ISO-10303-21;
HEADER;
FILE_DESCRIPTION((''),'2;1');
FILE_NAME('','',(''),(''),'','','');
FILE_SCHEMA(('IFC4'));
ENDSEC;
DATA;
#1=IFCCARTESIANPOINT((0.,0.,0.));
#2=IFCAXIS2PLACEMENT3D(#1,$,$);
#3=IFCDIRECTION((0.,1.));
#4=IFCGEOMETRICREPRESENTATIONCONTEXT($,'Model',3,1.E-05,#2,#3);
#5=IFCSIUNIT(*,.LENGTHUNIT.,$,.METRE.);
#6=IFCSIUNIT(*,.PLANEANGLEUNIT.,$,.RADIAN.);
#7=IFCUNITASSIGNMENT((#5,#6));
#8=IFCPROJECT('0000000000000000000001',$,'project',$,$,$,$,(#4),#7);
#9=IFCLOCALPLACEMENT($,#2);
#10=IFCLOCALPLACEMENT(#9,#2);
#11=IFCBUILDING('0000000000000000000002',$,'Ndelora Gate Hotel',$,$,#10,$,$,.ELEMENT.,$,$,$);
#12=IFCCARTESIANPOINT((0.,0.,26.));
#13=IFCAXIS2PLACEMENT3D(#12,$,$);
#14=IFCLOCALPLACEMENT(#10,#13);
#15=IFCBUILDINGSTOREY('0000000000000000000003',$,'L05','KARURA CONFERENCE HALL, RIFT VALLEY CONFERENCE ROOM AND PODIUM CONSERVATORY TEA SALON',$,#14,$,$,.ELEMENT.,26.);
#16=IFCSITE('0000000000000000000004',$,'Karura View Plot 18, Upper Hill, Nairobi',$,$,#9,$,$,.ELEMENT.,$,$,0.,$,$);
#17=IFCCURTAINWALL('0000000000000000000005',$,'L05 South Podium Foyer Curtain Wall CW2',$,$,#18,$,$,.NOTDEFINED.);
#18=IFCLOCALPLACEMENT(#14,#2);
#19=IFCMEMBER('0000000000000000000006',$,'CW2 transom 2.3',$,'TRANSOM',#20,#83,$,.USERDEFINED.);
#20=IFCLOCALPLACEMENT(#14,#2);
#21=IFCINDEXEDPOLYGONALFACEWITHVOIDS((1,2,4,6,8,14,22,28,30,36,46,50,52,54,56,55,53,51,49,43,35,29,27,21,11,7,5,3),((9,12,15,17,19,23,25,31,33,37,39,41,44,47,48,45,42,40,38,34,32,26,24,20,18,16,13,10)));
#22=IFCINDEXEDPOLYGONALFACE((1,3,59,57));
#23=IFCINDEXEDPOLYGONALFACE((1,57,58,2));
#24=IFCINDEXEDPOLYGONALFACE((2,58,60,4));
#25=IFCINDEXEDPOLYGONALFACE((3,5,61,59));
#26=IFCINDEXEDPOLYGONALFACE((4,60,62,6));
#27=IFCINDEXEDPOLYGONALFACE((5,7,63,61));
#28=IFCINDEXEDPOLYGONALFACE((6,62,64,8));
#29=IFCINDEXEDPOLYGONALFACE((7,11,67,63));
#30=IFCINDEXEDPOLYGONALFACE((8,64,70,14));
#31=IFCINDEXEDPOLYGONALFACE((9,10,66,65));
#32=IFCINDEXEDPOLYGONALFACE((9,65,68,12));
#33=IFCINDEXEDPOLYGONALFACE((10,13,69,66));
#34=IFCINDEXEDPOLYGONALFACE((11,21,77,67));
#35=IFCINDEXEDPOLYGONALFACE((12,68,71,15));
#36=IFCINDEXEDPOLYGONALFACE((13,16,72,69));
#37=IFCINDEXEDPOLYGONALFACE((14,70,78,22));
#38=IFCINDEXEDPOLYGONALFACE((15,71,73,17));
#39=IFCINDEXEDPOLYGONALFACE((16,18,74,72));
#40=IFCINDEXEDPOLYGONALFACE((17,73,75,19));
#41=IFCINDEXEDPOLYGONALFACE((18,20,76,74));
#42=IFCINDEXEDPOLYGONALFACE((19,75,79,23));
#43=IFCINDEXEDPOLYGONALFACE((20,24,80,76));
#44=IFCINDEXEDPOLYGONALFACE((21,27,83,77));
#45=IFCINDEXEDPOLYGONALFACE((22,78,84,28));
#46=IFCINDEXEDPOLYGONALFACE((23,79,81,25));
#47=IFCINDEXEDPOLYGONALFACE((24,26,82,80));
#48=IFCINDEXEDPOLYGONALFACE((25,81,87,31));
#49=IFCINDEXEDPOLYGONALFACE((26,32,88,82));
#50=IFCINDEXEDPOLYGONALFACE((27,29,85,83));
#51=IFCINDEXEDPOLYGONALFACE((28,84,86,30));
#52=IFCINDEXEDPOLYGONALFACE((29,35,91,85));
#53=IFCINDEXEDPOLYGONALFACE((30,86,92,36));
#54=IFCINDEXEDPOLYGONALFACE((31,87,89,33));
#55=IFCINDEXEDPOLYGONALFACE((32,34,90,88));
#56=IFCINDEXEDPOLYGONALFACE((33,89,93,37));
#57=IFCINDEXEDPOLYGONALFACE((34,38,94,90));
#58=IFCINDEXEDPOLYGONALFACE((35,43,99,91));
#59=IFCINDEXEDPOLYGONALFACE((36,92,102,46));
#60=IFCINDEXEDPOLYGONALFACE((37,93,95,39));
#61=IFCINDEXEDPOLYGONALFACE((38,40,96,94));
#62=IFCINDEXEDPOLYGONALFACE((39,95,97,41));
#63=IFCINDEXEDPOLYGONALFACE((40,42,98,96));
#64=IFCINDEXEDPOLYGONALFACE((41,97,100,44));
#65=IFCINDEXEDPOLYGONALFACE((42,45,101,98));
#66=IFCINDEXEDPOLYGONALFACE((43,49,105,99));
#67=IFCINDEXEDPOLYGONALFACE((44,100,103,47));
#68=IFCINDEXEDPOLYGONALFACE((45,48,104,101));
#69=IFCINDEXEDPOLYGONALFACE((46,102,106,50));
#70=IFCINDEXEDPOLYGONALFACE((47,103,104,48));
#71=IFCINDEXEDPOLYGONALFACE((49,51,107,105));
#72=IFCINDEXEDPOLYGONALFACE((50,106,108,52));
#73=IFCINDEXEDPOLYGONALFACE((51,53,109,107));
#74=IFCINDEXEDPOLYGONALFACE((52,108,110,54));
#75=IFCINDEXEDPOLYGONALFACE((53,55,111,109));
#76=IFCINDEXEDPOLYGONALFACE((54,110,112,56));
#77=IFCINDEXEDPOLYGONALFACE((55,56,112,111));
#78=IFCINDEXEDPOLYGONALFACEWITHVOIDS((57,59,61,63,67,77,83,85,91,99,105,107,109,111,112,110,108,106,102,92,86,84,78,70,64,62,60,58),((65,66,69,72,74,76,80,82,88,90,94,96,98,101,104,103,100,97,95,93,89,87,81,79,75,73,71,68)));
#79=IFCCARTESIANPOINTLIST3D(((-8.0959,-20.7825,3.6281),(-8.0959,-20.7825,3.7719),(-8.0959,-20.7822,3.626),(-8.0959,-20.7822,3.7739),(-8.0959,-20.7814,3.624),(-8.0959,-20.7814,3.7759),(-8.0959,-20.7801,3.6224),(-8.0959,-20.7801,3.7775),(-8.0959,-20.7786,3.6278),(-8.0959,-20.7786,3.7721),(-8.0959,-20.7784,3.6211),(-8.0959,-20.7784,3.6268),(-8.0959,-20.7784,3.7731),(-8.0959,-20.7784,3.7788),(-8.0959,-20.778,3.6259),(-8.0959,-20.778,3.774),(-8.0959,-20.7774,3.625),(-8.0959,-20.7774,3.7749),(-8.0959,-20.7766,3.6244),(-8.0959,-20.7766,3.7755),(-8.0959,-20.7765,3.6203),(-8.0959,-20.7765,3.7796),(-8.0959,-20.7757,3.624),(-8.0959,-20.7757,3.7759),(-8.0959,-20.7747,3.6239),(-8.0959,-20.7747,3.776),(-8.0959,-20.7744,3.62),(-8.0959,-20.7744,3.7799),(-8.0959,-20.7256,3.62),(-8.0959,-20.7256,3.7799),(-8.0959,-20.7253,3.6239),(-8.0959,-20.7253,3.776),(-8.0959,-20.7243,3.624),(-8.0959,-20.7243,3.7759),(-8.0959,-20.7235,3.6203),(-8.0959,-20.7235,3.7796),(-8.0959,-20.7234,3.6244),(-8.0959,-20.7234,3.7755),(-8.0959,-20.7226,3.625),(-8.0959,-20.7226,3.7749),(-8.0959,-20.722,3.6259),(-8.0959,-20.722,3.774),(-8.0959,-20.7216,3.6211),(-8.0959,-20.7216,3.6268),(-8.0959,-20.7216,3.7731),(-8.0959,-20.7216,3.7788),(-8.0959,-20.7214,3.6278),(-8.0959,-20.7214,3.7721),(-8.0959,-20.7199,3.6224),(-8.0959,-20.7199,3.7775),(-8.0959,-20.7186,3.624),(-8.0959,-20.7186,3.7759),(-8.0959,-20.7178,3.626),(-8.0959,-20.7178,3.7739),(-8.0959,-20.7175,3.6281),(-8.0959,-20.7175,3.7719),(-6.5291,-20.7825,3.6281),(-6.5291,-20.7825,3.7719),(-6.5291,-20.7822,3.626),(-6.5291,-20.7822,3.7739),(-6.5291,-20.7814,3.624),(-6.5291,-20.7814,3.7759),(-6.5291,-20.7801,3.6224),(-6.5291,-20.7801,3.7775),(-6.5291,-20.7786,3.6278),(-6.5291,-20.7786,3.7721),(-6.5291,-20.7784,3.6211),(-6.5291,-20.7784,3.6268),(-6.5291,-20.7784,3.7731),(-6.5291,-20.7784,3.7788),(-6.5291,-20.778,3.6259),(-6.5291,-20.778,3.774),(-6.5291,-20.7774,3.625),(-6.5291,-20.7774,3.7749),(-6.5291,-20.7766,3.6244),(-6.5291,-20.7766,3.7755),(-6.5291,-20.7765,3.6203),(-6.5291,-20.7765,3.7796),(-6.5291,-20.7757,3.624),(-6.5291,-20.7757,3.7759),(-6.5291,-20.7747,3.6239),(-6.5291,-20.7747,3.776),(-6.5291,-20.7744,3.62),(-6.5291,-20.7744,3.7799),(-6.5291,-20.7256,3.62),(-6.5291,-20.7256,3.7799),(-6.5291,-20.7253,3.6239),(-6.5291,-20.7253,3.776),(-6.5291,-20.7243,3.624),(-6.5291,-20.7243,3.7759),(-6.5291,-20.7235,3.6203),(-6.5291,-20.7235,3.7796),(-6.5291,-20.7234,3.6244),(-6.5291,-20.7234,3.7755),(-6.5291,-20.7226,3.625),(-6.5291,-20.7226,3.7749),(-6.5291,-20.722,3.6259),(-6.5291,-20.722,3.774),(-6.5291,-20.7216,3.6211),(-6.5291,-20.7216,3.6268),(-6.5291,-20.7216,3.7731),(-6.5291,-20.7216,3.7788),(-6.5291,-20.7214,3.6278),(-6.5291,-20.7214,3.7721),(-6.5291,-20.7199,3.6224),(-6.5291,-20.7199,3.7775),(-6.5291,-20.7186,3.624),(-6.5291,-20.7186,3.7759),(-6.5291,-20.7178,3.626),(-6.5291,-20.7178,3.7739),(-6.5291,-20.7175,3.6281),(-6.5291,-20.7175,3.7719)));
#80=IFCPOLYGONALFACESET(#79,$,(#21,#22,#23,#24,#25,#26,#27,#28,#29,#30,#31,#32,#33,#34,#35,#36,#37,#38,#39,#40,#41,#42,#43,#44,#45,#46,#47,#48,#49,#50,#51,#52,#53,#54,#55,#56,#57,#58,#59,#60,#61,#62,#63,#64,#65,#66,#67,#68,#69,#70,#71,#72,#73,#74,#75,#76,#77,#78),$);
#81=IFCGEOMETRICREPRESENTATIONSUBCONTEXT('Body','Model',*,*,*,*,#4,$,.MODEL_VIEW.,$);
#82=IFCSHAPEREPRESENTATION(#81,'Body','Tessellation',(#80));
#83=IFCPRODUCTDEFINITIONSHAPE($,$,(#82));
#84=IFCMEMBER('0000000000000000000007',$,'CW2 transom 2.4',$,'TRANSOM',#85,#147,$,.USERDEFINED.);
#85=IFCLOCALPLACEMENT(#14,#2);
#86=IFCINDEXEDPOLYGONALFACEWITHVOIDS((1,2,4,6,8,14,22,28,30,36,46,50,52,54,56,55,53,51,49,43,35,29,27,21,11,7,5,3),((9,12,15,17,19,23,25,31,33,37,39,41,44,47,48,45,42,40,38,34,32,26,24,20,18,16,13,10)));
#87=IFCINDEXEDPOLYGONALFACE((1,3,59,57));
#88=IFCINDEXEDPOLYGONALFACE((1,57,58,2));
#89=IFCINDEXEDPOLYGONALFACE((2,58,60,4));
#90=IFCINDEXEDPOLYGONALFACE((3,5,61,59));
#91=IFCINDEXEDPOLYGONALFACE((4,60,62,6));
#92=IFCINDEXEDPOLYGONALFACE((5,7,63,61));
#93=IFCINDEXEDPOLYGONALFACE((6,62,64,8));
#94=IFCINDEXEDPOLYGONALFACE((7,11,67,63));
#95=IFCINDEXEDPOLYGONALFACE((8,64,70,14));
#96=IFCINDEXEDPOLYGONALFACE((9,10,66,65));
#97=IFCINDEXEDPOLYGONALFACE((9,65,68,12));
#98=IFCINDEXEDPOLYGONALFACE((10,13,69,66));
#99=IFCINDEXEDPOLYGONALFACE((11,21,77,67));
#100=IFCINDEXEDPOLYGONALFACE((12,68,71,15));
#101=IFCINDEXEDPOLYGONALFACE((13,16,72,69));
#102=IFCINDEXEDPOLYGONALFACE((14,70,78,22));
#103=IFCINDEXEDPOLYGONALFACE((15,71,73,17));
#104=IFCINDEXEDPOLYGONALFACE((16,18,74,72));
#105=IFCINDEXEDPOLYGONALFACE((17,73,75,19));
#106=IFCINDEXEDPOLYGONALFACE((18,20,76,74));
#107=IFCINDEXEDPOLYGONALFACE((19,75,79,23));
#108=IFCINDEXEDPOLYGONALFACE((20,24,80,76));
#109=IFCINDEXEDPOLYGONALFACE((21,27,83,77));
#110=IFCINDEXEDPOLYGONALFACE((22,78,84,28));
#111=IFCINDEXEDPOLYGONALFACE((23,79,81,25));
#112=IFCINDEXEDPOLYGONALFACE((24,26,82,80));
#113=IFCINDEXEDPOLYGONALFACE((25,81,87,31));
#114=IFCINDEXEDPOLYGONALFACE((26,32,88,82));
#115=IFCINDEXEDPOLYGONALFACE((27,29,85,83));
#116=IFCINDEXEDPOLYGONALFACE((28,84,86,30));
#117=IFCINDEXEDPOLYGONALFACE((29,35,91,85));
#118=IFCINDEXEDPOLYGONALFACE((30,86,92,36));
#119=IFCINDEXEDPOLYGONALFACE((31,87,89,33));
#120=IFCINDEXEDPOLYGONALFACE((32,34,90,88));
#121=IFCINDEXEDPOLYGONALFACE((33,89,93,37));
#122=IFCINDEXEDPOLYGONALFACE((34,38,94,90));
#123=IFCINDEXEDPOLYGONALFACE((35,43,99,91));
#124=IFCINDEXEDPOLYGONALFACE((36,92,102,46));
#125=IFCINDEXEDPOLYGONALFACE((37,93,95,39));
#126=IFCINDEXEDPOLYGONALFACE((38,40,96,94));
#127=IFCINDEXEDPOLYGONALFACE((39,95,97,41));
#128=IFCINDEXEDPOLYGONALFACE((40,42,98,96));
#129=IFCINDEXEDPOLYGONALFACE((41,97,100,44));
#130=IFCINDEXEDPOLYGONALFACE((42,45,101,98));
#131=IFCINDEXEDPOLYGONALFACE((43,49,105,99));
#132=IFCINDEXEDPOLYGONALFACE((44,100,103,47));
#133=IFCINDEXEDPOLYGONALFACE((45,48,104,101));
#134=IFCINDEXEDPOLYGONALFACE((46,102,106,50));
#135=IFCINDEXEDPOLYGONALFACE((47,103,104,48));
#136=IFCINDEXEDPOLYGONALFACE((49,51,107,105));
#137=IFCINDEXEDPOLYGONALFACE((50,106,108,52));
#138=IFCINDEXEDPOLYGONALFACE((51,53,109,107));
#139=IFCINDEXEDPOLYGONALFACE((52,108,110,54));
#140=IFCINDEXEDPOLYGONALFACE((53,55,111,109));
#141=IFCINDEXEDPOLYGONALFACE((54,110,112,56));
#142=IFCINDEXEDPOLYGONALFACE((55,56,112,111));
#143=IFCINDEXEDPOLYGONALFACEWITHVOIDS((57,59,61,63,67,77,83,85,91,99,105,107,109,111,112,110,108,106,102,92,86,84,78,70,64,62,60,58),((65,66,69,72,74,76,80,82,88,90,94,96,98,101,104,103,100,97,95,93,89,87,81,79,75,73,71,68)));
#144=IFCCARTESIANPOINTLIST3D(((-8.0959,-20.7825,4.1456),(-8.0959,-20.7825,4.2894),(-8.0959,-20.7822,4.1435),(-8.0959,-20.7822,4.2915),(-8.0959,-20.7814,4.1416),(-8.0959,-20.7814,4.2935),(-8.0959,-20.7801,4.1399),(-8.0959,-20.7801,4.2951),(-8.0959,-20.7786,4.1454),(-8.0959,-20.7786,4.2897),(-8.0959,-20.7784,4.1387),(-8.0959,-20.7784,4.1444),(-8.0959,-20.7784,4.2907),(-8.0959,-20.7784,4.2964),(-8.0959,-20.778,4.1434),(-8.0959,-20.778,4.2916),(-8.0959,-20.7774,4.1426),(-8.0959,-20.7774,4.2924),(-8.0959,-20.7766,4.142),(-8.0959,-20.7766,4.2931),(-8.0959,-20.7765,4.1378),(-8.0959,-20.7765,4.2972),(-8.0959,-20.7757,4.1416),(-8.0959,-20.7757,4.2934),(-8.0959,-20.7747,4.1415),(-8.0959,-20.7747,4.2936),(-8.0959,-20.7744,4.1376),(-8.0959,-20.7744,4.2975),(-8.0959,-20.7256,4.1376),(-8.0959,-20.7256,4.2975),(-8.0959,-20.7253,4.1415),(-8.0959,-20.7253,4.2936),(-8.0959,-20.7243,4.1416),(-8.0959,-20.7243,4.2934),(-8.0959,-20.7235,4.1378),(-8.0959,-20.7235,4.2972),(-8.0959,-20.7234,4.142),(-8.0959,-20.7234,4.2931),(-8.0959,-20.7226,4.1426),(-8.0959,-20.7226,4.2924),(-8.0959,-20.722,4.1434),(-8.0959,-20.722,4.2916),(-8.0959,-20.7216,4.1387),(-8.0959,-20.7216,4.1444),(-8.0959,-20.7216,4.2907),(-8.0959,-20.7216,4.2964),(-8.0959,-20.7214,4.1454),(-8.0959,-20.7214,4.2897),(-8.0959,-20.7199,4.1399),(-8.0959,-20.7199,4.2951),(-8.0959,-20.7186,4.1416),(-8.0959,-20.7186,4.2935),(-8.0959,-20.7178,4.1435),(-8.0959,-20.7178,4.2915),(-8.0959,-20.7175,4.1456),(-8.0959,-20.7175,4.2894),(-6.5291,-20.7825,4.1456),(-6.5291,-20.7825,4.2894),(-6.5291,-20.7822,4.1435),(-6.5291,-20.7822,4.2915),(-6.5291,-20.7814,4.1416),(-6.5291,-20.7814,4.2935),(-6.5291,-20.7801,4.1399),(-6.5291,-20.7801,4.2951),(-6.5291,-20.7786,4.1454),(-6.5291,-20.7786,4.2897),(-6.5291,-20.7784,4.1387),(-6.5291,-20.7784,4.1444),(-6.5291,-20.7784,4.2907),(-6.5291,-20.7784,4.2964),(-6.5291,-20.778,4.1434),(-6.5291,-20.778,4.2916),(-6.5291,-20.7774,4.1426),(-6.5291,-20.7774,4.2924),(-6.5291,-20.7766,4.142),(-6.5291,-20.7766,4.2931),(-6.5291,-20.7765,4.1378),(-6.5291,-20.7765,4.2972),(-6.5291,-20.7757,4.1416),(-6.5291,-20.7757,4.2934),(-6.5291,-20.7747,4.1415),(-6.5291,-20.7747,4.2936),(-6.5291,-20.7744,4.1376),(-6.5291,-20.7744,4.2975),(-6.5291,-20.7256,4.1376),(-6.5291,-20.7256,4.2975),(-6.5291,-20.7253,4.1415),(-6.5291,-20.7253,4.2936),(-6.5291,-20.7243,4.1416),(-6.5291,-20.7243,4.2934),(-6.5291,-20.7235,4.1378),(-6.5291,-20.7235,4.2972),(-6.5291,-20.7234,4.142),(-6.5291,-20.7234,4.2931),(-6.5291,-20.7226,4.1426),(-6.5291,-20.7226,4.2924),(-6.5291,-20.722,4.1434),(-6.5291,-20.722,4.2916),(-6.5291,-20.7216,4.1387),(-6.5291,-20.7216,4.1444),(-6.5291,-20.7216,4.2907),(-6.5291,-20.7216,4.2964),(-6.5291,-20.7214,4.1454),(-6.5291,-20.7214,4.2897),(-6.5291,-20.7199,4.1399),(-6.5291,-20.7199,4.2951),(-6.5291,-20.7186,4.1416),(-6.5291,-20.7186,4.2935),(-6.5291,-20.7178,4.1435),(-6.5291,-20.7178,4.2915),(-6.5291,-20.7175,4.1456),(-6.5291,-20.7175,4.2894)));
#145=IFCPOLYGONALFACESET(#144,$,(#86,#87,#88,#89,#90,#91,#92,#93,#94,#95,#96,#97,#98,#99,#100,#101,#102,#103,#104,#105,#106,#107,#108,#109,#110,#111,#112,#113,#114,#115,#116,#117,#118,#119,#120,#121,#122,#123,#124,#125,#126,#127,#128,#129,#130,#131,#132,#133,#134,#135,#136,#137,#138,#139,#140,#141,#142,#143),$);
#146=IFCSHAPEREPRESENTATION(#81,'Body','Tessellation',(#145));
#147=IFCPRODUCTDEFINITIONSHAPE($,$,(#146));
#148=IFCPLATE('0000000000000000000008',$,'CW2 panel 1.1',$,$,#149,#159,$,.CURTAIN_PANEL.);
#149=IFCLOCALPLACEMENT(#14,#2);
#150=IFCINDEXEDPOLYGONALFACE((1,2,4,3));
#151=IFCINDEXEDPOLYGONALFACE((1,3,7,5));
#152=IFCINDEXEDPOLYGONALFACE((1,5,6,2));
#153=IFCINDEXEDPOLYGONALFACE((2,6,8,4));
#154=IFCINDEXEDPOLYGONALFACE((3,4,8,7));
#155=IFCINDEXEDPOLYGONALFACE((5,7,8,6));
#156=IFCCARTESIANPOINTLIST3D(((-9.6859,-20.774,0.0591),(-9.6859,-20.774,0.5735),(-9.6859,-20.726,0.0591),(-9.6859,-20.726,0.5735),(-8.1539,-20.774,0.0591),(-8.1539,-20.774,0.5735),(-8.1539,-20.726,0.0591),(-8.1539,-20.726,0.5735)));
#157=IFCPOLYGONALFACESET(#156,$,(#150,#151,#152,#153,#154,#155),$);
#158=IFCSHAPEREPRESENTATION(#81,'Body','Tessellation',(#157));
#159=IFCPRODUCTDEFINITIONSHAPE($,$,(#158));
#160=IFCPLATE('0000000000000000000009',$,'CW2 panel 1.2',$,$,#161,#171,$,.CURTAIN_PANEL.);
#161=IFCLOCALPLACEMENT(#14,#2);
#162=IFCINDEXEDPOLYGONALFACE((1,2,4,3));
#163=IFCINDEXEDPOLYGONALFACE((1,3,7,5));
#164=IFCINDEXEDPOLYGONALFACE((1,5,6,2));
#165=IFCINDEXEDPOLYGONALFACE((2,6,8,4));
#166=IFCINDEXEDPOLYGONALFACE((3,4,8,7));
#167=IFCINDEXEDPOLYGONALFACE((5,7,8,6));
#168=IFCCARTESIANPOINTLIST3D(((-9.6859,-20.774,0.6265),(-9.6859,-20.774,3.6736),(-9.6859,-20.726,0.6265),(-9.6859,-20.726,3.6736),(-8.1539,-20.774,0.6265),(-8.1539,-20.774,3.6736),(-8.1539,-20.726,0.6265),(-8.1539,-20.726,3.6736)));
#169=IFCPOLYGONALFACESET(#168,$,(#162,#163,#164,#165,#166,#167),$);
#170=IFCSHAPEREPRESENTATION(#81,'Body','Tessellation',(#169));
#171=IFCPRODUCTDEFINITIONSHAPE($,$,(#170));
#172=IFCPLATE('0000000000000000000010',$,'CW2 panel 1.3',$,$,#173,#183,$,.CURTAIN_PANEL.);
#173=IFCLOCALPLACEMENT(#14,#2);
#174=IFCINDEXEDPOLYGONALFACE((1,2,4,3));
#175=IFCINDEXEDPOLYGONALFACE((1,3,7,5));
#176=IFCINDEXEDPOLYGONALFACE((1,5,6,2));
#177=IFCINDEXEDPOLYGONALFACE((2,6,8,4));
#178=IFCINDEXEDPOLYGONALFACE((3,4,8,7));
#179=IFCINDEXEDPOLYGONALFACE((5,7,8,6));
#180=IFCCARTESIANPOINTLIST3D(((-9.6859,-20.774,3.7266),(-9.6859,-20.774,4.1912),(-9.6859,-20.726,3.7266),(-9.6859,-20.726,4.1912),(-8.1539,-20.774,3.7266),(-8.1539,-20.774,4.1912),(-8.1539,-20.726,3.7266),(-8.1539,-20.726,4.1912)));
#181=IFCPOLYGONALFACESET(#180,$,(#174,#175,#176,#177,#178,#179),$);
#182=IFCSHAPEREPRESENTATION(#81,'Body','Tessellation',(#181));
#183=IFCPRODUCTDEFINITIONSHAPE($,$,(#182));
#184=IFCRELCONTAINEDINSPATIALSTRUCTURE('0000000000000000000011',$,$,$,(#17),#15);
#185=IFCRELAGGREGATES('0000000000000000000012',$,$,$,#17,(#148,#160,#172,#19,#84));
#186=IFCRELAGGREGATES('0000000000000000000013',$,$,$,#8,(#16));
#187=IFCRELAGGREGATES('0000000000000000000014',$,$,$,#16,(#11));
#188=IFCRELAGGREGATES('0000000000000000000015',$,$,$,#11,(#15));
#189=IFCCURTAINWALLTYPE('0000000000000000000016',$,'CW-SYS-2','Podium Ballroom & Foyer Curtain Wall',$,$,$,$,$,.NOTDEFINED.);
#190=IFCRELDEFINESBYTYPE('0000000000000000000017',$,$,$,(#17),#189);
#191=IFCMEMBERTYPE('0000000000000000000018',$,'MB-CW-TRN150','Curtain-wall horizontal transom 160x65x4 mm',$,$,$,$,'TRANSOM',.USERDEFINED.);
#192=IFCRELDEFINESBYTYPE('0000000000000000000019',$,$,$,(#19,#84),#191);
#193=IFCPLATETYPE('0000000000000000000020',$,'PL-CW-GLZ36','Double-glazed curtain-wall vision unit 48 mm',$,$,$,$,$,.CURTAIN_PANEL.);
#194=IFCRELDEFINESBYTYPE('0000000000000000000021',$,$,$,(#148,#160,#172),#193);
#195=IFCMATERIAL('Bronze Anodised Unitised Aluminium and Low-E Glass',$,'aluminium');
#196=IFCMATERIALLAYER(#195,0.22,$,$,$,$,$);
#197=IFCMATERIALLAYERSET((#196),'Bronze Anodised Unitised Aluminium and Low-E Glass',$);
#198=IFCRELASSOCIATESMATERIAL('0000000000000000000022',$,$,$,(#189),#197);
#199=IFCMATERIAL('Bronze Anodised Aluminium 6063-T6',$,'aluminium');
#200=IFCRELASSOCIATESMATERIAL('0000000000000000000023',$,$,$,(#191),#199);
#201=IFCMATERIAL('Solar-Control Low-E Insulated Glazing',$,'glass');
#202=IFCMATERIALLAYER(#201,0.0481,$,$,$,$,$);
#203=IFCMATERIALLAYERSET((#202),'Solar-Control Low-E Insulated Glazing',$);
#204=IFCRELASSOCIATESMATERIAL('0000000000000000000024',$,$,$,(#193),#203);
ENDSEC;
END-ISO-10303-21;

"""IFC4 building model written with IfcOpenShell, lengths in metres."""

from ifc_helpers import new_model, si_unit, direction, frame, origin, origin_2d, place, context, subcontext, project, spatial, rectangle, hollow_rectangle, extrude, material, layer, layer_set, material_profile, profile_set, type_object, element, aggregate, save


model = new_model("IFC4")

# Units and contexts
model_context = context("Model", 3, precision=1e-05, world=origin(), true_north=direction((0.0, 1.0)))
body_context = subcontext(model_context, "Body", "Model", "MODEL_VIEW")
ifc_project = project(units=[si_unit("LENGTHUNIT", "METRE"), si_unit("PLANEANGLEUNIT", "RADIAN")], contexts=[model_context])

# Site, building, storey
site_placement = place(None, origin())
site = spatial("IfcSite", under=ifc_project, at=site_placement, Name="Karura View Plot 18, Upper Hill, Nairobi", CompositionType="ELEMENT", RefElevation=0.0)
building_placement = place(site_placement, origin())
building = spatial("IfcBuilding", under=site, at=building_placement, Name="Ndelora Gate Hotel", CompositionType="ELEMENT")
storey_placement = place(building_placement, frame((0.0, 0.0, 26.0)))
storey = spatial("IfcBuildingStorey", under=building, at=storey_placement, Name="L05", Description="KARURA CONFERENCE HALL, RIFT VALLEY CONFERENCE ROOM AND PODIUM CONSERVATORY TEA SALON", CompositionType="ELEMENT", Elevation=26.0)

# Curtain wall, members, plates
ifc_material_1 = material(Name="Bronze Anodised Unitised Aluminium and Low-E Glass", Category="aluminium")
ifc_layer_1 = layer(ifc_material_1, 0.22)
ifc_layer_set_1 = layer_set([ifc_layer_1], Name="Bronze Anodised Unitised Aluminium and Low-E Glass")
curtain_wall_type = type_object("IfcCurtainWallType", Name="CW-SYS-2", Description="Podium Ballroom & Foyer Curtain Wall", PredefinedType="NOTDEFINED", material=ifc_layer_set_1)
curtain_wall_placement = place(storey_placement, origin())
curtain_wall = element("IfcCurtainWall", 1, at=curtain_wall_placement, inside=storey, type_object=curtain_wall_type, Name="L05 South Podium Foyer Curtain Wall CW2", PredefinedType="NOTDEFINED")
ifc_material_2 = material(Name="Bronze Anodised Aluminium 6063-T6", Category="aluminium")
ifc_material_profile_1 = material_profile(ifc_material_2, hollow_rectangle(XDim=0.0649, YDim=0.1599, WallThickness=0.0039, InnerFilletRadius=0.0039, OuterFilletRadius=0.0081, at=origin_2d()), Name="ALU 160x65x4")
ifc_profile_set_1 = profile_set([ifc_material_profile_1], Name="Bronze Anodised Aluminium 6063-T6")
member_type_1 = type_object("IfcMemberType", Name="MB-CW-TRN150", Description="Curtain-wall horizontal transom 160x65x4 mm", ElementType="TRANSOM", PredefinedType="USERDEFINED", material=ifc_profile_set_1)
member_1_placement = place(storey_placement, frame((-8.0959, -20.75, 3.7), z_axis=(1.0, 0.0, 0.0), x_axis=(0.0, 1.0, 0.0)))
member_1 = element("IfcMember", 2, at=member_1_placement, type_object=member_type_1, Name="CW2 transom 2.3", ObjectType="TRANSOM", PredefinedType="USERDEFINED", context=body_context, shape_type="SweptSolid", body=[
    extrude(hollow_rectangle(XDim=0.0649, YDim=0.1599, WallThickness=0.0039, InnerFilletRadius=0.0039, OuterFilletRadius=0.0081, at=origin_2d()), origin(), (0.0, 0.0, 1.0), 1.5669),
])
member_2_placement = place(storey_placement, frame((-8.0959, -20.75, 4.2175), z_axis=(1.0, 0.0, 0.0), x_axis=(0.0, 1.0, 0.0)))
member_2 = element("IfcMember", 3, at=member_2_placement, type_object=member_type_1, Name="CW2 transom 2.4", ObjectType="TRANSOM", PredefinedType="USERDEFINED", context=body_context, shape_type="SweptSolid", body=[
    extrude(hollow_rectangle(XDim=0.0649, YDim=0.1599, WallThickness=0.0039, InnerFilletRadius=0.0039, OuterFilletRadius=0.0081, at=origin_2d()), origin(), (0.0, 0.0, 1.0), 1.5669),
])
ifc_material_3 = material(Name="Solar-Control Low-E Insulated Glazing", Category="glass")
ifc_layer_2 = layer(ifc_material_3, 0.0481)
ifc_layer_set_2 = layer_set([ifc_layer_2], Name="Solar-Control Low-E Insulated Glazing")
plate_type = type_object("IfcPlateType", Name="PL-CW-GLZ36", Description="Double-glazed curtain-wall vision unit 48 mm", PredefinedType="CURTAIN_PANEL", material=ifc_layer_set_2)
plate_1_placement = place(storey_placement, frame((-8.9199, -20.75, 0.0591), z_axis=(0.0, 0.0, 1.0), x_axis=(1.0, 0.0, 0.0)))
plate_1 = element("IfcPlate", 4, at=plate_1_placement, type_object=plate_type, Name="CW2 panel 1.1", PredefinedType="CURTAIN_PANEL", context=body_context, shape_type="SweptSolid", body=[
    extrude(rectangle(XDim=1.532, YDim=0.0481, at=origin_2d()), origin(), (0.0, 0.0, 1.0), 0.5144),
])
plate_2_placement = place(storey_placement, frame((-8.9199, -20.75, 0.6265), z_axis=(0.0, 0.0, 1.0), x_axis=(1.0, 0.0, 0.0)))
plate_2 = element("IfcPlate", 5, at=plate_2_placement, type_object=plate_type, Name="CW2 panel 1.2", PredefinedType="CURTAIN_PANEL", context=body_context, shape_type="SweptSolid", body=[
    extrude(rectangle(XDim=1.532, YDim=0.0481, at=origin_2d()), origin(), (0.0, 0.0, 1.0), 3.0471),
])
plate_3_placement = place(storey_placement, frame((-8.9199, -20.75, 3.7266), z_axis=(0.0, 0.0, 1.0), x_axis=(1.0, 0.0, 0.0)))
plate_3 = element("IfcPlate", 6, at=plate_3_placement, type_object=plate_type, Name="CW2 panel 1.3", PredefinedType="CURTAIN_PANEL", context=body_context, shape_type="SweptSolid", body=[
    extrude(rectangle(XDim=1.532, YDim=0.0481, at=origin_2d()), origin(), (0.0, 0.0, 1.0), 0.4646),
])
aggregate(curtain_wall, [plate_1, plate_2, plate_3, member_1, member_2])

save(model, "model.ifc")
